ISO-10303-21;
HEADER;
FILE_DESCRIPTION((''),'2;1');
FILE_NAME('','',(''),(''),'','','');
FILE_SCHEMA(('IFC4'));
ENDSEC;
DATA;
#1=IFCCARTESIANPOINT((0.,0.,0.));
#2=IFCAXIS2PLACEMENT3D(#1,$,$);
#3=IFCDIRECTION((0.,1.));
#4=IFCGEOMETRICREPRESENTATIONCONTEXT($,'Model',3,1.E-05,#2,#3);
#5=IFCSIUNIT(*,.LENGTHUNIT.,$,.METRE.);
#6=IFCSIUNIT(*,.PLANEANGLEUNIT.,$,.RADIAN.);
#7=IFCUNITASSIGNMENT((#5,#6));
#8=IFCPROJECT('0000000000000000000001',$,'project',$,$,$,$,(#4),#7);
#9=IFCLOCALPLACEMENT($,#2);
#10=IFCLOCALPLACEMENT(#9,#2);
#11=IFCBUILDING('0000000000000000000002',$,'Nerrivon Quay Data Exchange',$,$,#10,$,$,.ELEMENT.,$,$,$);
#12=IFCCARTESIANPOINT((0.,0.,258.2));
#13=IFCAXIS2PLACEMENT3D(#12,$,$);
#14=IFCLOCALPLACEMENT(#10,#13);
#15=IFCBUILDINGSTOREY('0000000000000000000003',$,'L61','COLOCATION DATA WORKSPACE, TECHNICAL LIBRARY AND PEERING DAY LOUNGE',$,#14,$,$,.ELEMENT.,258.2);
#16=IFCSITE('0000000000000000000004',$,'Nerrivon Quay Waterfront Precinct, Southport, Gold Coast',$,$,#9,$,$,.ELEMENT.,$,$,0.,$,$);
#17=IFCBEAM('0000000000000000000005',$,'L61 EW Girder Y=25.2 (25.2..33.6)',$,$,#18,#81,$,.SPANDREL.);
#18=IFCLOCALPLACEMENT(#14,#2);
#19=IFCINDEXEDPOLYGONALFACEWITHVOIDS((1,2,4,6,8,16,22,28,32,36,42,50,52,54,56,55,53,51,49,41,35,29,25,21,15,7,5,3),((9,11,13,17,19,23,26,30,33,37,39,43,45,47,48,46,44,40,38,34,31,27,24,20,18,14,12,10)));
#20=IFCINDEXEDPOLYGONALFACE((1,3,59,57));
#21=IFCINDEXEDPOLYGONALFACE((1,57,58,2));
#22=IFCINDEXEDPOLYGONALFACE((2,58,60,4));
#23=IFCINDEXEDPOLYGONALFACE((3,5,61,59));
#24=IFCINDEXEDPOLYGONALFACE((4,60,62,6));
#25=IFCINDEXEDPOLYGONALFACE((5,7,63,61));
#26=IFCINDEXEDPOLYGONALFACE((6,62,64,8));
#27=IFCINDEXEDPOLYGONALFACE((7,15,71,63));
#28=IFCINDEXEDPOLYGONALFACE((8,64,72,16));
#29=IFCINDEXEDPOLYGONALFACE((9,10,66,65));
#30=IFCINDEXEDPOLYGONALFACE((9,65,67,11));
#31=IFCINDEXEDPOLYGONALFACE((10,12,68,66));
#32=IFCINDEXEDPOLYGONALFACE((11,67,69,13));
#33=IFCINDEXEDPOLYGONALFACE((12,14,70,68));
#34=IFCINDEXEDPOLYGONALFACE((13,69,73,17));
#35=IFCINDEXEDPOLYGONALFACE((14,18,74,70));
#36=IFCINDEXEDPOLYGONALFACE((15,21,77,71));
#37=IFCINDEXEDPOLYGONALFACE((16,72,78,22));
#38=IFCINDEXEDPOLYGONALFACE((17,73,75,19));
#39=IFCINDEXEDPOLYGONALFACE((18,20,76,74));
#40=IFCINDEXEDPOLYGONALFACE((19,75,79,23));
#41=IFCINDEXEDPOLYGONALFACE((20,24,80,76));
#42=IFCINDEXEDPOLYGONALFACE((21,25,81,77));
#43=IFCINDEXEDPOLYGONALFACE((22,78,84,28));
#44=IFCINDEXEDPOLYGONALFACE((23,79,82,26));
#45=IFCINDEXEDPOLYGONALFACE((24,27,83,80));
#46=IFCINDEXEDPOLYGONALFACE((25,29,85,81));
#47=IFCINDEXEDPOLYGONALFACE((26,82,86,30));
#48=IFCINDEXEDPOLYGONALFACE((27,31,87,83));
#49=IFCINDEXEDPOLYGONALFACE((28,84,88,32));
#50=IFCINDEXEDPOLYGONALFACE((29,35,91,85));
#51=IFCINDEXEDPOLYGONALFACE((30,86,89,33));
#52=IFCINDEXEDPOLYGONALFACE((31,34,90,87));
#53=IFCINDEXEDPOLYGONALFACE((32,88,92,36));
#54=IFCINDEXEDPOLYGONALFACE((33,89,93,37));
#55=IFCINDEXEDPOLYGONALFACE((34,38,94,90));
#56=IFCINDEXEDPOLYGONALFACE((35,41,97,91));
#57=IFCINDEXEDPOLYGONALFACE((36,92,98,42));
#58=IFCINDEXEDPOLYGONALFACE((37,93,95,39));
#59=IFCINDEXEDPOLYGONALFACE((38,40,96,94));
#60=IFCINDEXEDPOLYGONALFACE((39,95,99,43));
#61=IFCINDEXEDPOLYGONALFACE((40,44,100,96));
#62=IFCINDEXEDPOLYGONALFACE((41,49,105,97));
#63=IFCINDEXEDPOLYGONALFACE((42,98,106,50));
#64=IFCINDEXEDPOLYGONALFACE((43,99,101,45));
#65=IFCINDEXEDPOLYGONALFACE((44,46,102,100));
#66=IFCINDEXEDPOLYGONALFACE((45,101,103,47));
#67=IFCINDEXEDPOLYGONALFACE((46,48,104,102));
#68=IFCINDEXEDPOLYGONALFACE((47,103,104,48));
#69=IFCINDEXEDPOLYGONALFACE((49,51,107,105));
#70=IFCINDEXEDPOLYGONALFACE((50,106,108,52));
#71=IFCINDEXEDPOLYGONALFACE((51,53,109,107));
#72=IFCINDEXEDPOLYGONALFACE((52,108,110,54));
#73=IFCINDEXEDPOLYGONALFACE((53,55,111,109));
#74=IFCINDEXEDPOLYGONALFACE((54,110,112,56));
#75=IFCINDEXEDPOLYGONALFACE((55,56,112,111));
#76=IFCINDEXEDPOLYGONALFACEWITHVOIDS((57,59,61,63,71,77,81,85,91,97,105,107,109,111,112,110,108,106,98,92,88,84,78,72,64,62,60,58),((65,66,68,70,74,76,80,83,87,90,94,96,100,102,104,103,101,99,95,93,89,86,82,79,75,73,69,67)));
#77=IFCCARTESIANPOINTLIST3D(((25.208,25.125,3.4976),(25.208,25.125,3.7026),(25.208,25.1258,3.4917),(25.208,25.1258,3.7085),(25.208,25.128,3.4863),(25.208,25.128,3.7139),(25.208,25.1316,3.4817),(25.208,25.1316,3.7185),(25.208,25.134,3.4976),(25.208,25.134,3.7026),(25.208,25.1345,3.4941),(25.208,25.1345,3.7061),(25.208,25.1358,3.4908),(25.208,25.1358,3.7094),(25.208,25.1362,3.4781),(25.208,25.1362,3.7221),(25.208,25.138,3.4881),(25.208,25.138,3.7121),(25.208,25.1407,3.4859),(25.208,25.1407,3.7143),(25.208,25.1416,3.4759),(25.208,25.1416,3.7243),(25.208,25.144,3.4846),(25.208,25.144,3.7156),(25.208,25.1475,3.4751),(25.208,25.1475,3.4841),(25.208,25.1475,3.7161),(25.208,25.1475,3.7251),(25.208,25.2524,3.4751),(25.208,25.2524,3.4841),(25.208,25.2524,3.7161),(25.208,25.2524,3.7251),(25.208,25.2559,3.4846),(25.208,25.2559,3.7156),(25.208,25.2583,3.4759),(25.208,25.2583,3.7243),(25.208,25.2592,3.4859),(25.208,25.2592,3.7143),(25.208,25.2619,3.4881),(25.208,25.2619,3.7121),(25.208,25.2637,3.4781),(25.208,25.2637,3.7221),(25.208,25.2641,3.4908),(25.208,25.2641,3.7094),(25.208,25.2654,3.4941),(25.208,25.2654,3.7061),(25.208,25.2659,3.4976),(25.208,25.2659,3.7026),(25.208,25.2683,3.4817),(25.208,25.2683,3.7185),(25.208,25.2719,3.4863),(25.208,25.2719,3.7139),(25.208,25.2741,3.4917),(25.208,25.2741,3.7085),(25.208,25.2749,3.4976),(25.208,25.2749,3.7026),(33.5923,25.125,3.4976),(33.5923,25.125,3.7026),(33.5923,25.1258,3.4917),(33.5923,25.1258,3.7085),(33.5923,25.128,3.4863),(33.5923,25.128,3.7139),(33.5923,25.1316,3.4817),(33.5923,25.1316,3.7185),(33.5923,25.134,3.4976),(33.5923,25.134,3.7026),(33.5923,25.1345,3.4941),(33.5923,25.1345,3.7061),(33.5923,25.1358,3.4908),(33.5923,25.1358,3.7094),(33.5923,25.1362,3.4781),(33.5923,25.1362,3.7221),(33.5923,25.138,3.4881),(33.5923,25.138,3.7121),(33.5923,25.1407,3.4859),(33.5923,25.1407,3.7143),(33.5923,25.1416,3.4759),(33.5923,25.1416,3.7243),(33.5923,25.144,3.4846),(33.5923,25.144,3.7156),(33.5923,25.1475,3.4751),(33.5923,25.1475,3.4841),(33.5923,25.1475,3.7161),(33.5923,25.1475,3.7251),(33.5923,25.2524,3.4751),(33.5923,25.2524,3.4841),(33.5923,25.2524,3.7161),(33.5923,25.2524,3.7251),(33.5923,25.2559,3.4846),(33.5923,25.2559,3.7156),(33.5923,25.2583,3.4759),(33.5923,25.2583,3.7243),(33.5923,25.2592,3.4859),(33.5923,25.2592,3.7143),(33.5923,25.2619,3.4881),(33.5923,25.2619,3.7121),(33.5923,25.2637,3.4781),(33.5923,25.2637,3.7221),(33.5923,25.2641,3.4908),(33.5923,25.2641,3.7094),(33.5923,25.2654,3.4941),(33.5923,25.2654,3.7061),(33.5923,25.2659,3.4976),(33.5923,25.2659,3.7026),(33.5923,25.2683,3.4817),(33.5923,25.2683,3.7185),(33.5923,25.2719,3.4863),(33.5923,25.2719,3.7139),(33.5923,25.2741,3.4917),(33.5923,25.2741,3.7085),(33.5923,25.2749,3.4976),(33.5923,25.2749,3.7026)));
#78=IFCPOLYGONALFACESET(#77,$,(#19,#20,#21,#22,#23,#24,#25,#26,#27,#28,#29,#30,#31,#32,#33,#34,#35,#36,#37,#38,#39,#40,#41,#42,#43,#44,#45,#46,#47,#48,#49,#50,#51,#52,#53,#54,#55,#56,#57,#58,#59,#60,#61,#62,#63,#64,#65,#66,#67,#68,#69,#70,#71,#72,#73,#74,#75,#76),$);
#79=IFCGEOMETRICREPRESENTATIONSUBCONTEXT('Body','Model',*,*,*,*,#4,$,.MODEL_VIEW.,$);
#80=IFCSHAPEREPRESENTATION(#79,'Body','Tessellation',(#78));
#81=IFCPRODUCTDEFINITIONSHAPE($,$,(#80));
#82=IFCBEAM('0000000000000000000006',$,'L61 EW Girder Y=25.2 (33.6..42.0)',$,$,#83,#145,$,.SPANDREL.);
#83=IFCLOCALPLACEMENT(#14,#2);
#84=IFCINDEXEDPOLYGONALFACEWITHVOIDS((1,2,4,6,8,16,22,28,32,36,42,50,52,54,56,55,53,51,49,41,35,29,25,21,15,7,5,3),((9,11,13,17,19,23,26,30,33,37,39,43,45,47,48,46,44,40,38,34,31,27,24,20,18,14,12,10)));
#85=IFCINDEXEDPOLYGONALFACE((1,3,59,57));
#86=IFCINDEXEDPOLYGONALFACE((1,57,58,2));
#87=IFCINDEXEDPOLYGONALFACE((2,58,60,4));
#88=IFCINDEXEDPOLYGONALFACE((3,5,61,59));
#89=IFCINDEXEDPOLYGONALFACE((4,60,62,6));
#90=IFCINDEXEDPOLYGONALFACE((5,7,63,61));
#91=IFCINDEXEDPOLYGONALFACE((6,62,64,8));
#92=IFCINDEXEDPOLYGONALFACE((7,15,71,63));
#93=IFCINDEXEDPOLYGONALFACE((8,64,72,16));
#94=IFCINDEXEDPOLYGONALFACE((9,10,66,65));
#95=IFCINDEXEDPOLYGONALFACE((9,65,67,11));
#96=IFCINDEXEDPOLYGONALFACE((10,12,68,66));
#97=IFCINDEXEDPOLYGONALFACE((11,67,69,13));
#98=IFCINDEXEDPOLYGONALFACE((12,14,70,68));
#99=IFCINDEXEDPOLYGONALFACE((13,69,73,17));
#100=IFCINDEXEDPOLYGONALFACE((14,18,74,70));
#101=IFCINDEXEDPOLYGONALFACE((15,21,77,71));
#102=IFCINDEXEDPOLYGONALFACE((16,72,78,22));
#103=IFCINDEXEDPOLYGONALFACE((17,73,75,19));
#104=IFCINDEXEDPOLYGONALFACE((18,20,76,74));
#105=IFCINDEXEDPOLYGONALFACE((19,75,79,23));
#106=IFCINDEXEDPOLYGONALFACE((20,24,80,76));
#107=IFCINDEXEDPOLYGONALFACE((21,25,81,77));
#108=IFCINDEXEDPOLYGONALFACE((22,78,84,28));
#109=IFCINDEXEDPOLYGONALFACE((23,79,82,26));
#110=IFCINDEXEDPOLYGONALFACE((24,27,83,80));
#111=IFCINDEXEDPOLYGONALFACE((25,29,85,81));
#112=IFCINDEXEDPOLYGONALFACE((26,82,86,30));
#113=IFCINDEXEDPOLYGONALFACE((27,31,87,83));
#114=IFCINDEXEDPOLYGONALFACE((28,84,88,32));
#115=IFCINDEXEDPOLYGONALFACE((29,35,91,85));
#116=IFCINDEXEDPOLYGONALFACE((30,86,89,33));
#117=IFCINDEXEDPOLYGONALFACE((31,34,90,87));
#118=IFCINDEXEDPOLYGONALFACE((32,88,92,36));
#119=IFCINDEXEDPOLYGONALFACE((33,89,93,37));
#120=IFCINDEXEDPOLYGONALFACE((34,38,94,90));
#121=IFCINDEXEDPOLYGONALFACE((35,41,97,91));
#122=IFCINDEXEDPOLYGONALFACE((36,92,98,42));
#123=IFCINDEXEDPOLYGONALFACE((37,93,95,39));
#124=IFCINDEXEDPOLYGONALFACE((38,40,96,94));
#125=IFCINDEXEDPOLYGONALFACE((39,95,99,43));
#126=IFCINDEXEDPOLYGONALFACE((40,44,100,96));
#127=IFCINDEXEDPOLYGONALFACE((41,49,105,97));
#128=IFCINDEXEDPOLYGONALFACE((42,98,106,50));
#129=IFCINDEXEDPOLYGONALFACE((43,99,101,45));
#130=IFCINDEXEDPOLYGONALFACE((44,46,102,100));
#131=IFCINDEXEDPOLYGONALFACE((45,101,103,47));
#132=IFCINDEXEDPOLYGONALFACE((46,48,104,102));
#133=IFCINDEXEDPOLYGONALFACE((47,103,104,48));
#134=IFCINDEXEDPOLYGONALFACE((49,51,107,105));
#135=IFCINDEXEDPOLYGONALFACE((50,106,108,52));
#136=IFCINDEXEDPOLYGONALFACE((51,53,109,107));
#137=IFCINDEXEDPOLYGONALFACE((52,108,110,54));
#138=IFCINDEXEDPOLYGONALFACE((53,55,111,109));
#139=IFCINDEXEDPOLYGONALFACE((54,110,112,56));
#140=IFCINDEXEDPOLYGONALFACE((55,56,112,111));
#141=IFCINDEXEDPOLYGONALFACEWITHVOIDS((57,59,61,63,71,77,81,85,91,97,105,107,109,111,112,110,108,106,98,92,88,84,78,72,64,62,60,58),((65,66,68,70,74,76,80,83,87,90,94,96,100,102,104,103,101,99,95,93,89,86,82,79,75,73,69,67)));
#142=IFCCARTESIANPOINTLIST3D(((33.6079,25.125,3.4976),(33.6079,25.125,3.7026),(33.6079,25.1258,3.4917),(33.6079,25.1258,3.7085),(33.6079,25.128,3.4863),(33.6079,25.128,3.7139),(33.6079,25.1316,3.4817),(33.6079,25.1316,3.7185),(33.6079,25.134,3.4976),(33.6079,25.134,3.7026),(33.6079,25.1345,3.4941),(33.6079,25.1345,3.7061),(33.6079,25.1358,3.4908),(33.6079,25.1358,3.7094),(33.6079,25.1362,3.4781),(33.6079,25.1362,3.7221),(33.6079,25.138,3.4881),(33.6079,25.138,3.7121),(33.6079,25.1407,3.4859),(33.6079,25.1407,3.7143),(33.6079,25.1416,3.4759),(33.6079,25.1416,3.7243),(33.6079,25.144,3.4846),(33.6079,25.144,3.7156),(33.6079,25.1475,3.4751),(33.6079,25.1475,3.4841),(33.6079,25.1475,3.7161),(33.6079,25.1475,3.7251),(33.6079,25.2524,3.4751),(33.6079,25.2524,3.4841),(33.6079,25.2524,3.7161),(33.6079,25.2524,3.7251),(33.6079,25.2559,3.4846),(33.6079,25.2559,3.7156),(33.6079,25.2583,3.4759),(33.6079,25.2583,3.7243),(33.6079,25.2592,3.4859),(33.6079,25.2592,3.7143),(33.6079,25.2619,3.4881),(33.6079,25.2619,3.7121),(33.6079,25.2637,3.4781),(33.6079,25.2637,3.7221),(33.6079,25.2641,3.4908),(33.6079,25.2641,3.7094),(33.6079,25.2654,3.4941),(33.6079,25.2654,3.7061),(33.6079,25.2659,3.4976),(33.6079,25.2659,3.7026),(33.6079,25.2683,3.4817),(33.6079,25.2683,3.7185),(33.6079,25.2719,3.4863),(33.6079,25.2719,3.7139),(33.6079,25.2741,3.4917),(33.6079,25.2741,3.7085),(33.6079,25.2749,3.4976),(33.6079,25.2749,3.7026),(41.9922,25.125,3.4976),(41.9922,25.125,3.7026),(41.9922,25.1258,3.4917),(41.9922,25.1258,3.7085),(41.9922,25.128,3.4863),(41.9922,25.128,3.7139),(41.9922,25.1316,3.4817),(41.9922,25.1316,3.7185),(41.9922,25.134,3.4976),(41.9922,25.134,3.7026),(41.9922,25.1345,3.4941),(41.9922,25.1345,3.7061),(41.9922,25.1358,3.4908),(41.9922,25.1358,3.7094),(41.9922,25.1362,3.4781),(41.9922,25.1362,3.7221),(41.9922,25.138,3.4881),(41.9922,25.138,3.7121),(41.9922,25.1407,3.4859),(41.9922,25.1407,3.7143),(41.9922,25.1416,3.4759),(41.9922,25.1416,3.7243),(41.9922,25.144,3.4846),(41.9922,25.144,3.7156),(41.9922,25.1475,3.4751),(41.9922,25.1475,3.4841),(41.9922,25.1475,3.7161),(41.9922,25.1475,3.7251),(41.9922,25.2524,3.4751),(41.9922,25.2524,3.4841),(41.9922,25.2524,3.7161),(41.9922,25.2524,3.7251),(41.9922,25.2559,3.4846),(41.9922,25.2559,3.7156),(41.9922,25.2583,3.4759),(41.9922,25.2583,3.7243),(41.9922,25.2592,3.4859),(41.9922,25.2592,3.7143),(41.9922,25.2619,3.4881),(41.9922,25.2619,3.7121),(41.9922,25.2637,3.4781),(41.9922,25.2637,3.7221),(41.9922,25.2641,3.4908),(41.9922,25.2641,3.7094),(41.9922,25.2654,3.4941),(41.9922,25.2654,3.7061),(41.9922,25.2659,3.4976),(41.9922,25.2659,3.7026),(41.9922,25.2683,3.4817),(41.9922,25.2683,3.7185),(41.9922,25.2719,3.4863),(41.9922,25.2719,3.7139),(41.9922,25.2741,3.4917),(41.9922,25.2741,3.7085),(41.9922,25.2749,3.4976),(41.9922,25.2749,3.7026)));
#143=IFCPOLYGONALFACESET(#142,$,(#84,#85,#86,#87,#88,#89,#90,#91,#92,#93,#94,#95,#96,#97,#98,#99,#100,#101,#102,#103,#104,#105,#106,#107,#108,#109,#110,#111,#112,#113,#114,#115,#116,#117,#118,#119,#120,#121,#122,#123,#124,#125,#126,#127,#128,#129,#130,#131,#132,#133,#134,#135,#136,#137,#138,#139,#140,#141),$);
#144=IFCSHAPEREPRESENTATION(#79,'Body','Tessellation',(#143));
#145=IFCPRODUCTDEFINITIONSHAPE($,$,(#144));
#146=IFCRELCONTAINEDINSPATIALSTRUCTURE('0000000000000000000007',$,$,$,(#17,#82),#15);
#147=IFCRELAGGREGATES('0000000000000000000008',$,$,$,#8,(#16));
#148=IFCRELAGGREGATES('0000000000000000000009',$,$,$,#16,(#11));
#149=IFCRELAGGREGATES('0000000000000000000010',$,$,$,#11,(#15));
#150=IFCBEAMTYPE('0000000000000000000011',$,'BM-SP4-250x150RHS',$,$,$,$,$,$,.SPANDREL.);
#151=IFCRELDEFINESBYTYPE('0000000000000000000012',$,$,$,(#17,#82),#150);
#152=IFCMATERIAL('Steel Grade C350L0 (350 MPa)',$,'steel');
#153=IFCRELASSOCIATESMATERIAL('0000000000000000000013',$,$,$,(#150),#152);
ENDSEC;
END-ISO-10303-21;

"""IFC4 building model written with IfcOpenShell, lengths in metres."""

from ifc_helpers import new_model, si_unit, direction, frame, origin, origin_2d, place, context, subcontext, project, spatial, hollow_rectangle, extrude, material, material_profile, profile_set, type_object, element, save


model = new_model("IFC4")

# Units and contexts
model_context = context("Model", 3, precision=1e-05, world=origin(), true_north=direction((0.0, 1.0)))
body_context = subcontext(model_context, "Body", "Model", "MODEL_VIEW")
ifc_project = project(units=[si_unit("LENGTHUNIT", "METRE"), si_unit("PLANEANGLEUNIT", "RADIAN")], contexts=[model_context])

# Site, building, storey
site_placement = place(None, origin())
site = spatial("IfcSite", under=ifc_project, at=site_placement, Name="Nerrivon Quay Waterfront Precinct, Southport, Gold Coast", CompositionType="ELEMENT", RefElevation=0.0)
building_placement = place(site_placement, origin())
building = spatial("IfcBuilding", under=site, at=building_placement, Name="Nerrivon Quay Data Exchange", CompositionType="ELEMENT")
storey_placement = place(building_placement, frame((0.0, 0.0, 258.2)))
storey = spatial("IfcBuildingStorey", under=building, at=storey_placement, Name="L61", Description="COLOCATION DATA WORKSPACE, TECHNICAL LIBRARY AND PEERING DAY LOUNGE", CompositionType="ELEMENT", Elevation=258.2)

# Beams
ifc_material_1 = material(Name="Steel Grade C350L0 (350 MPa)", Category="steel")
ifc_material_profile_1 = material_profile(ifc_material_1, hollow_rectangle(XDim=0.1499, YDim=0.25, WallThickness=0.009, InnerFilletRadius=0.0134, OuterFilletRadius=0.0225, at=origin_2d()), Name="250x150x9.0RHS")
ifc_profile_set_1 = profile_set([ifc_material_profile_1], Name="Steel Grade C350L0 (350 MPa)")
beam_type = type_object("IfcBeamType", Name="BM-SP4-250x150RHS", PredefinedType="SPANDREL", material=ifc_profile_set_1)
for number, where, z_axis, x_axis, name in (
    (1, (25.208, 25.2, 3.6001), (1.0, 0.0, 0.0), (0.0, 1.0, 0.0), "L61 EW Girder Y=25.2 (25.2..33.6)"),
    (2, (33.6079, 25.2, 3.6001), (1.0, 0.0, 0.0), (0.0, 1.0, 0.0), "L61 EW Girder Y=25.2 (33.6..42.0)"),
):
    element("IfcBeam", number, at=place(storey_placement, frame(where, z_axis=z_axis, x_axis=x_axis)), inside=storey, type_object=beam_type, Name=name, PredefinedType="SPANDREL", context=body_context, shape_type="SweptSolid", body=[
        extrude(hollow_rectangle(XDim=0.1499, YDim=0.25, WallThickness=0.009, InnerFilletRadius=0.0134, OuterFilletRadius=0.0225, at=origin_2d()), origin(), (0.0, 0.0, 1.0), 8.3843),
    ])

save(model, "model.ifc")
